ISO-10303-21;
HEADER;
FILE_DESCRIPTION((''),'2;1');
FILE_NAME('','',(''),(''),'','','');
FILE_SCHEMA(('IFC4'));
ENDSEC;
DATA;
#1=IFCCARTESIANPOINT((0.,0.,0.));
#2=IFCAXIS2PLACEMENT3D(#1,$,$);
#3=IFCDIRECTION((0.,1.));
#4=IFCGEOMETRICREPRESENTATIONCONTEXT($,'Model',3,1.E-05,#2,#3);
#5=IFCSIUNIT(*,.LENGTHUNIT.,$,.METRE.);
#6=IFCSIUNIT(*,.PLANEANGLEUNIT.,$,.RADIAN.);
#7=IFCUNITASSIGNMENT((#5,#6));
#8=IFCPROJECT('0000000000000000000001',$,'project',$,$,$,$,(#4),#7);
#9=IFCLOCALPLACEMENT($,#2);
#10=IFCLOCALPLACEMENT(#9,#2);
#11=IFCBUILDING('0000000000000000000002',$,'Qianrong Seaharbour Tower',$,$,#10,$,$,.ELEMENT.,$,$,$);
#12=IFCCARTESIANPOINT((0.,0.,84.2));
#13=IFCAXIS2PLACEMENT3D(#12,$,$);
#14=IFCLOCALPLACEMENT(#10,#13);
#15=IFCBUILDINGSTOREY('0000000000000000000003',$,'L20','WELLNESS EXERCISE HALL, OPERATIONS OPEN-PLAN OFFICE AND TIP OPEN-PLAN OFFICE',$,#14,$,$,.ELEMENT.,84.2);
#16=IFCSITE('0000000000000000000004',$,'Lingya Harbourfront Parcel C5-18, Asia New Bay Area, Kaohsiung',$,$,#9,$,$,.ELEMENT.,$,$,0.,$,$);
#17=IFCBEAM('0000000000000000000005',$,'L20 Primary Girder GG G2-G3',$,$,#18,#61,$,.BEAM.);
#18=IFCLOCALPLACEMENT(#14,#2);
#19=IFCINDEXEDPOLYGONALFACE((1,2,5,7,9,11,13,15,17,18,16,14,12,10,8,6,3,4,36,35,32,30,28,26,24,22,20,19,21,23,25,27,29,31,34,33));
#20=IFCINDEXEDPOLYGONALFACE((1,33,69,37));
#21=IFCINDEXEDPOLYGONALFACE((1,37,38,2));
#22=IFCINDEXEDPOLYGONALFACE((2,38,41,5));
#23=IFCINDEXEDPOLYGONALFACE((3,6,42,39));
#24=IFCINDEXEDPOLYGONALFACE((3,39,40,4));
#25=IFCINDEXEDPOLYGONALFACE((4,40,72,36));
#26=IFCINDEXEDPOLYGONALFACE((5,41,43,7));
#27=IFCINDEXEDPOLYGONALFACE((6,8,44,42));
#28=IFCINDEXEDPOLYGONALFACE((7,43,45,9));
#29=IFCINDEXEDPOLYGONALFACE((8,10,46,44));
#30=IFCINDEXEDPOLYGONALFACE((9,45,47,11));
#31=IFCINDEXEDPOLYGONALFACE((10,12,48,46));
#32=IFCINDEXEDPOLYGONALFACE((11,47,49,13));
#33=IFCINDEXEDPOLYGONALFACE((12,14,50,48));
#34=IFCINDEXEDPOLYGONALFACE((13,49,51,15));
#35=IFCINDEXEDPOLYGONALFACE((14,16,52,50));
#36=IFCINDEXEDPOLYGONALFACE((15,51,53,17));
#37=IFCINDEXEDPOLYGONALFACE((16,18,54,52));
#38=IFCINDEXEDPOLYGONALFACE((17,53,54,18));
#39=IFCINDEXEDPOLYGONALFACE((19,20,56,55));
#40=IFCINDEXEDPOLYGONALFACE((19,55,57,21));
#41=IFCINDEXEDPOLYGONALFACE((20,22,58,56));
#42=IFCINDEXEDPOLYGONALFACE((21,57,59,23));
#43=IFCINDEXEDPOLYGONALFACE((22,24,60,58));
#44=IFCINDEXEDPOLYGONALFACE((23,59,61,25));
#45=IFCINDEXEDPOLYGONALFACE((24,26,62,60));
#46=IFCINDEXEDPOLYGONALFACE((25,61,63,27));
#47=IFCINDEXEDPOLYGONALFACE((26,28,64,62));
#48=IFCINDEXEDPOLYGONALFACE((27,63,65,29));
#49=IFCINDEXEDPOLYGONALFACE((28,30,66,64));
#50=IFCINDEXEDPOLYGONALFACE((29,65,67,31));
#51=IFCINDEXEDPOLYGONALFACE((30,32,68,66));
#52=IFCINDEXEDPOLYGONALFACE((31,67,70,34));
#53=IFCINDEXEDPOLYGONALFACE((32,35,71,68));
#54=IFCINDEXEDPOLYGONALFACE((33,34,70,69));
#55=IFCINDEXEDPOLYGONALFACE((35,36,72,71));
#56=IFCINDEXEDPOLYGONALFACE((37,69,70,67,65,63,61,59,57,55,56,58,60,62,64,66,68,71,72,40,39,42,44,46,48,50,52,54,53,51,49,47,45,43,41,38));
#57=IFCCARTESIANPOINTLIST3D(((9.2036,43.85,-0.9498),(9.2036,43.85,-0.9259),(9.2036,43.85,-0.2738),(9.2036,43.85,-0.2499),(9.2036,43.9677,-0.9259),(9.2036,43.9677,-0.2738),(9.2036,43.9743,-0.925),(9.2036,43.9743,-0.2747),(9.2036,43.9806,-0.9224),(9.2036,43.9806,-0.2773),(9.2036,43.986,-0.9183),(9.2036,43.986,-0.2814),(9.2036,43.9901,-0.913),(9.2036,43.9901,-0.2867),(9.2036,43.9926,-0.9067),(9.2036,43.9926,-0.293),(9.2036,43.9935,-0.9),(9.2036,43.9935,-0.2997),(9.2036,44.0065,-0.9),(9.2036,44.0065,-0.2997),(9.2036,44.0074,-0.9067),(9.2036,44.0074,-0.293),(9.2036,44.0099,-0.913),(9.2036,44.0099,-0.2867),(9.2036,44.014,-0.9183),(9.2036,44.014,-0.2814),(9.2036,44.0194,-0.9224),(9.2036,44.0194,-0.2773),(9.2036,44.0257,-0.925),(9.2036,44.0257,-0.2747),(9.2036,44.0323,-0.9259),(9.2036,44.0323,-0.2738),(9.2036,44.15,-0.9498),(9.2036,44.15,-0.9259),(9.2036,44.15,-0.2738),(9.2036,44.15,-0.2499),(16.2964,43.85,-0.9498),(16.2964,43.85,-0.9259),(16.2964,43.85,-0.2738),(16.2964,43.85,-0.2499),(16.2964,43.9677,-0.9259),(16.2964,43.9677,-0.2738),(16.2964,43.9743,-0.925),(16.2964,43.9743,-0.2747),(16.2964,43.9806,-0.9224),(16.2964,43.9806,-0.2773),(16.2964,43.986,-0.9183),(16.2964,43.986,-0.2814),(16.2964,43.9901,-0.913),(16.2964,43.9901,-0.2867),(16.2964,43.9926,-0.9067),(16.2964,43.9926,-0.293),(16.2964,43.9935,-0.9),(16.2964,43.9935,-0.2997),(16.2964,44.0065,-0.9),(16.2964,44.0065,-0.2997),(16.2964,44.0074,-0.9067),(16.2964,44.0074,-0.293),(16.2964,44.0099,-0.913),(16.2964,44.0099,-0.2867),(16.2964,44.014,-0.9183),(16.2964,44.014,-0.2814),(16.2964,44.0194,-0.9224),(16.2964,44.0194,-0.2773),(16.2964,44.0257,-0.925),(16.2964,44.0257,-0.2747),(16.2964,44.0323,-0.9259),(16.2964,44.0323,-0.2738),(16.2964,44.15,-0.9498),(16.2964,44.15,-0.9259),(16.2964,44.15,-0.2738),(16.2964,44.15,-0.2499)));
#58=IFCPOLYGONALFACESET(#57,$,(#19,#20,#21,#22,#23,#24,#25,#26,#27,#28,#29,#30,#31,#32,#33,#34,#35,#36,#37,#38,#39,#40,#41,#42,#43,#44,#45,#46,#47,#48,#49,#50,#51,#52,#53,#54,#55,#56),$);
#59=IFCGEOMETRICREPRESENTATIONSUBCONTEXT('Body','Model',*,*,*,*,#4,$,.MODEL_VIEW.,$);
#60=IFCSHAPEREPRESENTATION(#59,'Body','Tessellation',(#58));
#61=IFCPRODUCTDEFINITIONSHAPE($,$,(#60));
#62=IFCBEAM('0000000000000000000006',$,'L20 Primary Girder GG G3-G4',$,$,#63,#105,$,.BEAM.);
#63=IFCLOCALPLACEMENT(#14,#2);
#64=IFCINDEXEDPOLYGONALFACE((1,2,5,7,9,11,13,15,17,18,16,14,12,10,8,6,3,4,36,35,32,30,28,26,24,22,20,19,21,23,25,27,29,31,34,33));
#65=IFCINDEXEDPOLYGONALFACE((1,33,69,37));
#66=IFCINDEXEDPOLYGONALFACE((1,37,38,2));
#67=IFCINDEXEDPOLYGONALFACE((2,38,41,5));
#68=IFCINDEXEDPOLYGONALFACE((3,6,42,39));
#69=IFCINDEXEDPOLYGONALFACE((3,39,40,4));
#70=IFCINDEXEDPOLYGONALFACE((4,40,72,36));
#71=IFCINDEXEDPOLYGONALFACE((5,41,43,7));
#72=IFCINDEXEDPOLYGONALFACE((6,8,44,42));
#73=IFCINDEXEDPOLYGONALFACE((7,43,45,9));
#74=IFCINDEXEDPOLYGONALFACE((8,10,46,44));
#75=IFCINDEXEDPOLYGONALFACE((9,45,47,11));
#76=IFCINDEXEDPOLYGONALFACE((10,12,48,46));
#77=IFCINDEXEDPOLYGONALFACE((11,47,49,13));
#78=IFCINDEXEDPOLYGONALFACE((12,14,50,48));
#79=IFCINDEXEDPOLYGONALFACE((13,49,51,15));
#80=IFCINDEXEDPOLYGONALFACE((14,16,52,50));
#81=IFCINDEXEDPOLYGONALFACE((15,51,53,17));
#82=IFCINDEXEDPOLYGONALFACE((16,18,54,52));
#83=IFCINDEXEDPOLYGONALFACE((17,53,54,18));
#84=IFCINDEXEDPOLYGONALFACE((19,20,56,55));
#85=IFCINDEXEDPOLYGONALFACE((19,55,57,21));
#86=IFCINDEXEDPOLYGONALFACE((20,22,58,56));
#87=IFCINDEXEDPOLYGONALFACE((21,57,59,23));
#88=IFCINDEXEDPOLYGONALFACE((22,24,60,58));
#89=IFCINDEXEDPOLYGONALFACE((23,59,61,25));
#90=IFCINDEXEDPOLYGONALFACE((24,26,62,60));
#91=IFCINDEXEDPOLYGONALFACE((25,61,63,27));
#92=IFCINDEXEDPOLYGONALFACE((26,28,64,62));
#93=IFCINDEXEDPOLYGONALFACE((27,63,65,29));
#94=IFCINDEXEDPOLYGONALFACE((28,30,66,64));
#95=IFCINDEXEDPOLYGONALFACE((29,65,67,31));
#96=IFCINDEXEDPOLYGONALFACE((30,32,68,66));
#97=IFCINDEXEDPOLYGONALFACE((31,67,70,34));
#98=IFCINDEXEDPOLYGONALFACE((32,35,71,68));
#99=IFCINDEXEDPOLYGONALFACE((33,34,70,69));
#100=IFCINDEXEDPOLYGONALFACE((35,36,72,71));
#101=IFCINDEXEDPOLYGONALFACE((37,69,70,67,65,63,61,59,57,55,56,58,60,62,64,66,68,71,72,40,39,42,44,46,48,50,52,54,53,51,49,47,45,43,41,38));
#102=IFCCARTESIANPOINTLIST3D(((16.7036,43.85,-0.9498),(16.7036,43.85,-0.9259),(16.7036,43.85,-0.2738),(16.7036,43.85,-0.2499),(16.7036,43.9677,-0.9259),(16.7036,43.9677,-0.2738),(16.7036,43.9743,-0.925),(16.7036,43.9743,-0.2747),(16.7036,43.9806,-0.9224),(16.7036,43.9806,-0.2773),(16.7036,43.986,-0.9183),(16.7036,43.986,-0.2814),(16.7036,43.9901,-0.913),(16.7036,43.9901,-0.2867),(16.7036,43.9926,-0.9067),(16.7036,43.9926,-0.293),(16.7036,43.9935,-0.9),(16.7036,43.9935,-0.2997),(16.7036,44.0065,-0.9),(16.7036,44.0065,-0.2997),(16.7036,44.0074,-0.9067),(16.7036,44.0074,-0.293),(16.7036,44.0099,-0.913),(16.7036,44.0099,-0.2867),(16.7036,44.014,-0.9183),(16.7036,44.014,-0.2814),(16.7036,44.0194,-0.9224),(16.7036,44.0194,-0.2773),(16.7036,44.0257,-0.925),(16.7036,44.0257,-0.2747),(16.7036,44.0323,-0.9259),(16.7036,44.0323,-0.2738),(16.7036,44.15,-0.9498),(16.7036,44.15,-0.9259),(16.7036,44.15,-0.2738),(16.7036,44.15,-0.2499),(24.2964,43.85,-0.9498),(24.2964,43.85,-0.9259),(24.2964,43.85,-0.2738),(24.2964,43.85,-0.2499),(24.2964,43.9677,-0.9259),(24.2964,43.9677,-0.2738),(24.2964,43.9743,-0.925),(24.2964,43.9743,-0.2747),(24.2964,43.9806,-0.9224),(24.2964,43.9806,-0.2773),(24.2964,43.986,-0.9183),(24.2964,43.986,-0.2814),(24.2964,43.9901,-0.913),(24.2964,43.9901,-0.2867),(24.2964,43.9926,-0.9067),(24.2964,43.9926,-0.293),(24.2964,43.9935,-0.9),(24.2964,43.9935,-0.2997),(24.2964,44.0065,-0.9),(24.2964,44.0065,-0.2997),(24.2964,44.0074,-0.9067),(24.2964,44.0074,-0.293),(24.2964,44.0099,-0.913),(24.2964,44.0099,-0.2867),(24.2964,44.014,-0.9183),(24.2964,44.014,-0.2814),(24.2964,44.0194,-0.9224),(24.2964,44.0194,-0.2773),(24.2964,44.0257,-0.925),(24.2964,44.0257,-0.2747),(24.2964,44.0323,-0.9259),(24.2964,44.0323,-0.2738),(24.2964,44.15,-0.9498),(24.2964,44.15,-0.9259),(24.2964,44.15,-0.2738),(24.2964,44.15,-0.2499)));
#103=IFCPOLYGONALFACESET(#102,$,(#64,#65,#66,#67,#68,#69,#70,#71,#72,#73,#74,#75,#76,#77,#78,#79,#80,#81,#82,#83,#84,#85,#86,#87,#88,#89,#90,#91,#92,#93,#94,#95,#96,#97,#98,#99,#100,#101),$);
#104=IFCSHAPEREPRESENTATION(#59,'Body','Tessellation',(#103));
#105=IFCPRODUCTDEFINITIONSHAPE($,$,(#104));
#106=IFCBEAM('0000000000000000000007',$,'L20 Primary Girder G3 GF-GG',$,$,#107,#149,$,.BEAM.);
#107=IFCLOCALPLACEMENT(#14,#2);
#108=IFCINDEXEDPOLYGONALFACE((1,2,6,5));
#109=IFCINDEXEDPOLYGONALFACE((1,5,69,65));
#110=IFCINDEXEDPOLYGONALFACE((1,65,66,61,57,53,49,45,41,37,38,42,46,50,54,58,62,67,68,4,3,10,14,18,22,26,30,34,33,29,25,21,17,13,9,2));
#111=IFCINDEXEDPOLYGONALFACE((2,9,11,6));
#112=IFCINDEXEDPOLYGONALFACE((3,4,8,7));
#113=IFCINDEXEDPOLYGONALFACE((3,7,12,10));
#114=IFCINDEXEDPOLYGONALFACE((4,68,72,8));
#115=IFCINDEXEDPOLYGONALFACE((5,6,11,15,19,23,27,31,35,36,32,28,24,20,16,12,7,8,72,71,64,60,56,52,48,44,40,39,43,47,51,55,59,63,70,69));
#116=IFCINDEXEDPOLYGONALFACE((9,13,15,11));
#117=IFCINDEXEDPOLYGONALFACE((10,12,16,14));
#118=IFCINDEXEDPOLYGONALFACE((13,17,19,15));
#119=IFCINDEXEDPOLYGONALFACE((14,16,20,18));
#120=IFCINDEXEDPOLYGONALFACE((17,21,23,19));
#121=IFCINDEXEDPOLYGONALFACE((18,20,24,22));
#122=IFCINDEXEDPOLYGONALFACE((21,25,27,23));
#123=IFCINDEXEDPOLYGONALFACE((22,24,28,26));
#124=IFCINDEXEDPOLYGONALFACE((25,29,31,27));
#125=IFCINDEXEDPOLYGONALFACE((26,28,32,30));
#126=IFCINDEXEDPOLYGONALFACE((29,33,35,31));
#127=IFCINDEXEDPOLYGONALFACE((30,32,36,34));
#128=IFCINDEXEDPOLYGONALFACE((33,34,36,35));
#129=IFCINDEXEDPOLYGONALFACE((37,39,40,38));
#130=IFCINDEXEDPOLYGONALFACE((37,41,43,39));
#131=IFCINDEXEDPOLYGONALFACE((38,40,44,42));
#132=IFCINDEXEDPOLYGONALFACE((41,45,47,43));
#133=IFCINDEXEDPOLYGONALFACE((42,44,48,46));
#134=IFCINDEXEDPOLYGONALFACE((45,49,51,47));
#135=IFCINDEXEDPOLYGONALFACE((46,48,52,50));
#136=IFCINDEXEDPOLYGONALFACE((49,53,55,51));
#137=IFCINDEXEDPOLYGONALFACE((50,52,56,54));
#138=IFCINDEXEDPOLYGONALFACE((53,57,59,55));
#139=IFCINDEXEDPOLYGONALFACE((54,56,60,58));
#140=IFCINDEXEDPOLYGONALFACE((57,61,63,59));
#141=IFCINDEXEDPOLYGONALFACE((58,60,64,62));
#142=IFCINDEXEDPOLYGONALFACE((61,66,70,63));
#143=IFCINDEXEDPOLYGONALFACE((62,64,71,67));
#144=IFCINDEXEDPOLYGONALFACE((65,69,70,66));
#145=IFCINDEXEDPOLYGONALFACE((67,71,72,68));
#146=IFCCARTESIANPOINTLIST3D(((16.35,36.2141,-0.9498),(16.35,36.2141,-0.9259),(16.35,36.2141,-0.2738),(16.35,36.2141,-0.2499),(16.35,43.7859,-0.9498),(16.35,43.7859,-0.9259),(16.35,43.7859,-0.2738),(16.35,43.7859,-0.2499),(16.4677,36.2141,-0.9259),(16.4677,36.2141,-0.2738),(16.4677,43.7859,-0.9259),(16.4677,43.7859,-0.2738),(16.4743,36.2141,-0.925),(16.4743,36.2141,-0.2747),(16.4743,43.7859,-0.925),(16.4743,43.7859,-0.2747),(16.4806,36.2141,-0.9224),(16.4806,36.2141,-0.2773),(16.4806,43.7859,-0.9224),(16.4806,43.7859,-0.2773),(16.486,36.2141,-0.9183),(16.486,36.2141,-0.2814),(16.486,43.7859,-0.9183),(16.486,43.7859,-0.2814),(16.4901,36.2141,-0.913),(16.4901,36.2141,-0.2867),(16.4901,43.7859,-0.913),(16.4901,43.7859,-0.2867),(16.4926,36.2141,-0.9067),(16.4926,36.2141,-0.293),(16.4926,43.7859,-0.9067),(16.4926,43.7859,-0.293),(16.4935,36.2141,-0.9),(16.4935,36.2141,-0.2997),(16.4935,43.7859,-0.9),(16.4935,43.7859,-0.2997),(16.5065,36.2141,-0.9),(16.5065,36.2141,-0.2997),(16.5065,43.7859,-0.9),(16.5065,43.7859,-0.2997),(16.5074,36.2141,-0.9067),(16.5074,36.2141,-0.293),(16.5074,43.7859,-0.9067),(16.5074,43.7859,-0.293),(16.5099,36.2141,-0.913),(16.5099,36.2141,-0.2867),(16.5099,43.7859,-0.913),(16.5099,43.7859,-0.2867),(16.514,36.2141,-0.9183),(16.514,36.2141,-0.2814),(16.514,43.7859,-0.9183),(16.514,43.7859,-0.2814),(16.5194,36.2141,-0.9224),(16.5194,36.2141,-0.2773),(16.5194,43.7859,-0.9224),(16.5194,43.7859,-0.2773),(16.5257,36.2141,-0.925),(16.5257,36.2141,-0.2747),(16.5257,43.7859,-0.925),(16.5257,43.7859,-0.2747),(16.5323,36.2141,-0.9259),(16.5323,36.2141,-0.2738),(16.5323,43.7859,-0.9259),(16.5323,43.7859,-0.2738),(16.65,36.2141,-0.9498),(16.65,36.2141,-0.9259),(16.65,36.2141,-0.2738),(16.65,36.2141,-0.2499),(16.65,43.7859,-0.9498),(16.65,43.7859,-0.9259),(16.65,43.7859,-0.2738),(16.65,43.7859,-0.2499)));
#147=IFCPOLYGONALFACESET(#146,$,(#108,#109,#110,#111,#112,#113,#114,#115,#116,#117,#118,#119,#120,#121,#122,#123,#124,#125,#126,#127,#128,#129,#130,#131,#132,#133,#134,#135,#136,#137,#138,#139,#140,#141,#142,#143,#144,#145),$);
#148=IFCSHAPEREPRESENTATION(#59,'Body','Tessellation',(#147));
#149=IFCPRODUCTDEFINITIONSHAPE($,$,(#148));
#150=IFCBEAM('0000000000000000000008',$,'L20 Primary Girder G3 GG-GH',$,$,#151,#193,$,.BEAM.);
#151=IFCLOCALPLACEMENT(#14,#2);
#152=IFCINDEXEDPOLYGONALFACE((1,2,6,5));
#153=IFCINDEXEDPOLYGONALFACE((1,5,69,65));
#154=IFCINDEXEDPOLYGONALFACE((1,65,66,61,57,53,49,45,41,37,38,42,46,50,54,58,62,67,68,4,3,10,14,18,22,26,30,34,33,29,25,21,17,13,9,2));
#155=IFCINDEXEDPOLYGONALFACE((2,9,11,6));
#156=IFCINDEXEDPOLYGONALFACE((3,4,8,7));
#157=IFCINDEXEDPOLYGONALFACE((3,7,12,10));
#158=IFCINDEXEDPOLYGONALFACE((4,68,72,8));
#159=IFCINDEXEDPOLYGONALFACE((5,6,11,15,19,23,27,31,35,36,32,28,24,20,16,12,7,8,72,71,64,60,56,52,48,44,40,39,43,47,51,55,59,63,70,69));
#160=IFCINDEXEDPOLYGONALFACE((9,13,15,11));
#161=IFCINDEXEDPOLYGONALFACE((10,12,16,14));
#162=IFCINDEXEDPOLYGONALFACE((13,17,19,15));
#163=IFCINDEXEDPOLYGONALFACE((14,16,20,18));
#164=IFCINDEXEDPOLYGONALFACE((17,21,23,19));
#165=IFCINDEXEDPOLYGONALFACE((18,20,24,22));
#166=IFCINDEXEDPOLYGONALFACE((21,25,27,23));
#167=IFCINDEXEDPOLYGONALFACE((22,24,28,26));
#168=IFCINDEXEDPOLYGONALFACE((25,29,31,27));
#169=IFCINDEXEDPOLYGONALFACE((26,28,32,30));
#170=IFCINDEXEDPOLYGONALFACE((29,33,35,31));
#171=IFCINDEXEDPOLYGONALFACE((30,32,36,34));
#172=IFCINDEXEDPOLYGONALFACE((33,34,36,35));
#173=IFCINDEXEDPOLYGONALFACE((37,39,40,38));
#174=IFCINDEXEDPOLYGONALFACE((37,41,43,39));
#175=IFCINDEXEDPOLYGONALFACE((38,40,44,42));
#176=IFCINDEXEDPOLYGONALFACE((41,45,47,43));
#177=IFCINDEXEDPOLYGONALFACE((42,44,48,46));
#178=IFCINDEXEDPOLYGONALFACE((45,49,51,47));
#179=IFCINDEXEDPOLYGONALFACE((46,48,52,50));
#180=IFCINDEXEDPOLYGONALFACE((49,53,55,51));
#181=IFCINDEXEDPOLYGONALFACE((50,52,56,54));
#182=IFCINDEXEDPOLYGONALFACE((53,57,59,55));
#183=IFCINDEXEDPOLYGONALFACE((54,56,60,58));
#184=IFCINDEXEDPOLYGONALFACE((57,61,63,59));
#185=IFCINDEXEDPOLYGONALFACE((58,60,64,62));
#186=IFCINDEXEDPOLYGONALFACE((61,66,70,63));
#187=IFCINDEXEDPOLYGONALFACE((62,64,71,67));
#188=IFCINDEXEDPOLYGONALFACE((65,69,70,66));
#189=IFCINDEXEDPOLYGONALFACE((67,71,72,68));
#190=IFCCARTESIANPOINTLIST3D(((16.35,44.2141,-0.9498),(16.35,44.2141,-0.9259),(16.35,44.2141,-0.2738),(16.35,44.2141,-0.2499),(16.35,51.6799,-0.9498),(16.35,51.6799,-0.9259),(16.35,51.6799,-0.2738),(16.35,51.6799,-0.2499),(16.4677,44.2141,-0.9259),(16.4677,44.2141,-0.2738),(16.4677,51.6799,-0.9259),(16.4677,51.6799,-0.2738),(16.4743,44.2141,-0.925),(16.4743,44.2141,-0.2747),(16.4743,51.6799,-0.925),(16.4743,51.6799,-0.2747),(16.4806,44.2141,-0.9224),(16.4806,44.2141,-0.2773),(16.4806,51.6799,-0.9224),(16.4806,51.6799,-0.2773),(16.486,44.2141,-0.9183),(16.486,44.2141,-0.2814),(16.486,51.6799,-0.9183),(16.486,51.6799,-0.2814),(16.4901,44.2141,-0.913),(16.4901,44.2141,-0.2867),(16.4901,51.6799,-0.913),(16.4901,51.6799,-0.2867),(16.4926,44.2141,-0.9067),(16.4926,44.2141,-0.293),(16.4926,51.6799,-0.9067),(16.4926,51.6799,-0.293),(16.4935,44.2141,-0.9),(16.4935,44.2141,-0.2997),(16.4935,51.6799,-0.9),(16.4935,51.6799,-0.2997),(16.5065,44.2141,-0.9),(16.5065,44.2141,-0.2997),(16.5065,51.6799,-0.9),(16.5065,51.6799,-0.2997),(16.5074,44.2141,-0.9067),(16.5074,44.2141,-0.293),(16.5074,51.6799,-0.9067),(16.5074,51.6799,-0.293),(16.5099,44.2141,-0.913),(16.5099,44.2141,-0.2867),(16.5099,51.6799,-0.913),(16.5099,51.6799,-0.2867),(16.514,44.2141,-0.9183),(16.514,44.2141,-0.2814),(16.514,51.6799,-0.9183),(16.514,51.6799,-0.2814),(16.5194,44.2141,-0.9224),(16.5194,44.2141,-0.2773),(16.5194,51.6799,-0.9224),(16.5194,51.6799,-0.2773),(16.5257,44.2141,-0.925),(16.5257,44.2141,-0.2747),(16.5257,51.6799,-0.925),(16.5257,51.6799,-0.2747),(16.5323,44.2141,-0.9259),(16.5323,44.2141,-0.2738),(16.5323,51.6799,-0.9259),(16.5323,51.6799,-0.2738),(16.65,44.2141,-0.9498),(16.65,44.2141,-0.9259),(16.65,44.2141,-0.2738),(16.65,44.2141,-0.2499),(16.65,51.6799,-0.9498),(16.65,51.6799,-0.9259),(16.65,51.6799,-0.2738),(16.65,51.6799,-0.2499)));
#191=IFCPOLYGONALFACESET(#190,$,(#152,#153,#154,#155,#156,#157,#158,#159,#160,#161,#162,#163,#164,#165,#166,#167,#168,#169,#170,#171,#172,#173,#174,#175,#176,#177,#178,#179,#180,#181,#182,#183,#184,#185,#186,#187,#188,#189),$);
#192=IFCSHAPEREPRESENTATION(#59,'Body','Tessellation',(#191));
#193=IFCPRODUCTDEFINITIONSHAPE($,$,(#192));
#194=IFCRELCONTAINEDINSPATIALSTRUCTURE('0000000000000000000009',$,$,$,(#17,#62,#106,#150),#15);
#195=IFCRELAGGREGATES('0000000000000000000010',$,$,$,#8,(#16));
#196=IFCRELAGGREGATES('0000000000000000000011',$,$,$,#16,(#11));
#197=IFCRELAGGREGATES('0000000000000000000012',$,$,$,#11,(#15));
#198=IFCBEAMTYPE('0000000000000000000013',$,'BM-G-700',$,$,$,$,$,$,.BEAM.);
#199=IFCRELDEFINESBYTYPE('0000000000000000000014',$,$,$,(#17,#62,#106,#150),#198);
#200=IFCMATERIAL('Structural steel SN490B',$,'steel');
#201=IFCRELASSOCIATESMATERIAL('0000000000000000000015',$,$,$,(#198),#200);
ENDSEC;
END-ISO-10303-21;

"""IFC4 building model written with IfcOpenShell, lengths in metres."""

from ifc_helpers import new_model, si_unit, direction, frame, origin, origin_2d, place, context, subcontext, project, spatial, i_section, extrude, material, material_profile, profile_set, type_object, element, save


model = new_model("IFC4")

# Units and contexts
model_context = context("Model", 3, precision=1e-05, world=origin(), true_north=direction((0.0, 1.0)))
body_context = subcontext(model_context, "Body", "Model", "MODEL_VIEW")
ifc_project = project(units=[si_unit("LENGTHUNIT", "METRE"), si_unit("PLANEANGLEUNIT", "RADIAN")], contexts=[model_context])

# Site, building, storey
site_placement = place(None, origin())
site = spatial("IfcSite", under=ifc_project, at=site_placement, Name="Lingya Harbourfront Parcel C5-18, Asia New Bay Area, Kaohsiung", CompositionType="ELEMENT", RefElevation=0.0)
building_placement = place(site_placement, origin())
building = spatial("IfcBuilding", under=site, at=building_placement, Name="Qianrong Seaharbour Tower", CompositionType="ELEMENT")
storey_placement = place(building_placement, frame((0.0, 0.0, 84.2)))
storey = spatial("IfcBuildingStorey", under=building, at=storey_placement, Name="L20", Description="WELLNESS EXERCISE HALL, OPERATIONS OPEN-PLAN OFFICE AND TIP OPEN-PLAN OFFICE", CompositionType="ELEMENT", Elevation=84.2)

# Shared definitions
ifc_material_1 = material(Name="Structural steel SN490B", Category="steel")

# Beams
ifc_material_profile_1 = material_profile(ifc_material_1, i_section(OverallWidth=0.3, OverallDepth=0.7, WebThickness=0.0129, FlangeThickness=0.0239, FilletRadius=0.0259, at=origin_2d()), Name="H700x300x13x24")
ifc_profile_set_1 = profile_set([ifc_material_profile_1], Name="Structural steel SN490B")
beam_type_1 = type_object("IfcBeamType", Name="BM-G-700", PredefinedType="BEAM", material=ifc_profile_set_1)
beam_1_placement = place(storey_placement, frame((9.2036, 44.0, -0.5999), z_axis=(1.0, 0.0, 0.0), x_axis=(0.0, 1.0, 0.0)))
element("IfcBeam", 1, at=beam_1_placement, inside=storey, type_object=beam_type_1, Name="L20 Primary Girder GG G2-G3", PredefinedType="BEAM", context=body_context, shape_type="SweptSolid", body=[
    extrude(i_section(OverallWidth=0.3, OverallDepth=0.7, WebThickness=0.0129, FlangeThickness=0.0239, FilletRadius=0.0259, at=origin_2d()), origin(), (0.0, 0.0, 1.0), 7.0928),
])
beam_2_placement = place(storey_placement, frame((16.7036, 44.0, -0.5999), z_axis=(1.0, 0.0, 0.0), x_axis=(0.0, 1.0, 0.0)))
element("IfcBeam", 2, at=beam_2_placement, inside=storey, type_object=beam_type_1, Name="L20 Primary Girder GG G3-G4", PredefinedType="BEAM", context=body_context, shape_type="SweptSolid", body=[
    extrude(i_section(OverallWidth=0.3, OverallDepth=0.7, WebThickness=0.0129, FlangeThickness=0.0239, FilletRadius=0.0259, at=origin_2d()), origin(), (0.0, 0.0, 1.0), 7.5928),
])
beam_3_placement = place(storey_placement, frame((16.5, 36.2141, -0.5999), z_axis=(0.0, 1.0, 0.0), x_axis=(-1.0, 0.0, 0.0)))
element("IfcBeam", 3, at=beam_3_placement, inside=storey, type_object=beam_type_1, Name="L20 Primary Girder G3 GF-GG", PredefinedType="BEAM", context=body_context, shape_type="SweptSolid", body=[
    extrude(i_section(OverallWidth=0.3, OverallDepth=0.7, WebThickness=0.0129, FlangeThickness=0.0239, FilletRadius=0.0259, at=origin_2d()), origin(), (0.0, 0.0, 1.0), 7.5718),
])
beam_4_placement = place(storey_placement, frame((16.5, 44.2141, -0.5999), z_axis=(0.0, 1.0, 0.0), x_axis=(-1.0, 0.0, 0.0)))
element("IfcBeam", 4, at=beam_4_placement, inside=storey, type_object=beam_type_1, Name="L20 Primary Girder G3 GG-GH", PredefinedType="BEAM", context=body_context, shape_type="SweptSolid", body=[
    extrude(i_section(OverallWidth=0.3, OverallDepth=0.7, WebThickness=0.0129, FlangeThickness=0.0239, FilletRadius=0.0259, at=origin_2d()), origin(), (0.0, 0.0, 1.0), 7.4658),
])

save(model, "model.ifc")
